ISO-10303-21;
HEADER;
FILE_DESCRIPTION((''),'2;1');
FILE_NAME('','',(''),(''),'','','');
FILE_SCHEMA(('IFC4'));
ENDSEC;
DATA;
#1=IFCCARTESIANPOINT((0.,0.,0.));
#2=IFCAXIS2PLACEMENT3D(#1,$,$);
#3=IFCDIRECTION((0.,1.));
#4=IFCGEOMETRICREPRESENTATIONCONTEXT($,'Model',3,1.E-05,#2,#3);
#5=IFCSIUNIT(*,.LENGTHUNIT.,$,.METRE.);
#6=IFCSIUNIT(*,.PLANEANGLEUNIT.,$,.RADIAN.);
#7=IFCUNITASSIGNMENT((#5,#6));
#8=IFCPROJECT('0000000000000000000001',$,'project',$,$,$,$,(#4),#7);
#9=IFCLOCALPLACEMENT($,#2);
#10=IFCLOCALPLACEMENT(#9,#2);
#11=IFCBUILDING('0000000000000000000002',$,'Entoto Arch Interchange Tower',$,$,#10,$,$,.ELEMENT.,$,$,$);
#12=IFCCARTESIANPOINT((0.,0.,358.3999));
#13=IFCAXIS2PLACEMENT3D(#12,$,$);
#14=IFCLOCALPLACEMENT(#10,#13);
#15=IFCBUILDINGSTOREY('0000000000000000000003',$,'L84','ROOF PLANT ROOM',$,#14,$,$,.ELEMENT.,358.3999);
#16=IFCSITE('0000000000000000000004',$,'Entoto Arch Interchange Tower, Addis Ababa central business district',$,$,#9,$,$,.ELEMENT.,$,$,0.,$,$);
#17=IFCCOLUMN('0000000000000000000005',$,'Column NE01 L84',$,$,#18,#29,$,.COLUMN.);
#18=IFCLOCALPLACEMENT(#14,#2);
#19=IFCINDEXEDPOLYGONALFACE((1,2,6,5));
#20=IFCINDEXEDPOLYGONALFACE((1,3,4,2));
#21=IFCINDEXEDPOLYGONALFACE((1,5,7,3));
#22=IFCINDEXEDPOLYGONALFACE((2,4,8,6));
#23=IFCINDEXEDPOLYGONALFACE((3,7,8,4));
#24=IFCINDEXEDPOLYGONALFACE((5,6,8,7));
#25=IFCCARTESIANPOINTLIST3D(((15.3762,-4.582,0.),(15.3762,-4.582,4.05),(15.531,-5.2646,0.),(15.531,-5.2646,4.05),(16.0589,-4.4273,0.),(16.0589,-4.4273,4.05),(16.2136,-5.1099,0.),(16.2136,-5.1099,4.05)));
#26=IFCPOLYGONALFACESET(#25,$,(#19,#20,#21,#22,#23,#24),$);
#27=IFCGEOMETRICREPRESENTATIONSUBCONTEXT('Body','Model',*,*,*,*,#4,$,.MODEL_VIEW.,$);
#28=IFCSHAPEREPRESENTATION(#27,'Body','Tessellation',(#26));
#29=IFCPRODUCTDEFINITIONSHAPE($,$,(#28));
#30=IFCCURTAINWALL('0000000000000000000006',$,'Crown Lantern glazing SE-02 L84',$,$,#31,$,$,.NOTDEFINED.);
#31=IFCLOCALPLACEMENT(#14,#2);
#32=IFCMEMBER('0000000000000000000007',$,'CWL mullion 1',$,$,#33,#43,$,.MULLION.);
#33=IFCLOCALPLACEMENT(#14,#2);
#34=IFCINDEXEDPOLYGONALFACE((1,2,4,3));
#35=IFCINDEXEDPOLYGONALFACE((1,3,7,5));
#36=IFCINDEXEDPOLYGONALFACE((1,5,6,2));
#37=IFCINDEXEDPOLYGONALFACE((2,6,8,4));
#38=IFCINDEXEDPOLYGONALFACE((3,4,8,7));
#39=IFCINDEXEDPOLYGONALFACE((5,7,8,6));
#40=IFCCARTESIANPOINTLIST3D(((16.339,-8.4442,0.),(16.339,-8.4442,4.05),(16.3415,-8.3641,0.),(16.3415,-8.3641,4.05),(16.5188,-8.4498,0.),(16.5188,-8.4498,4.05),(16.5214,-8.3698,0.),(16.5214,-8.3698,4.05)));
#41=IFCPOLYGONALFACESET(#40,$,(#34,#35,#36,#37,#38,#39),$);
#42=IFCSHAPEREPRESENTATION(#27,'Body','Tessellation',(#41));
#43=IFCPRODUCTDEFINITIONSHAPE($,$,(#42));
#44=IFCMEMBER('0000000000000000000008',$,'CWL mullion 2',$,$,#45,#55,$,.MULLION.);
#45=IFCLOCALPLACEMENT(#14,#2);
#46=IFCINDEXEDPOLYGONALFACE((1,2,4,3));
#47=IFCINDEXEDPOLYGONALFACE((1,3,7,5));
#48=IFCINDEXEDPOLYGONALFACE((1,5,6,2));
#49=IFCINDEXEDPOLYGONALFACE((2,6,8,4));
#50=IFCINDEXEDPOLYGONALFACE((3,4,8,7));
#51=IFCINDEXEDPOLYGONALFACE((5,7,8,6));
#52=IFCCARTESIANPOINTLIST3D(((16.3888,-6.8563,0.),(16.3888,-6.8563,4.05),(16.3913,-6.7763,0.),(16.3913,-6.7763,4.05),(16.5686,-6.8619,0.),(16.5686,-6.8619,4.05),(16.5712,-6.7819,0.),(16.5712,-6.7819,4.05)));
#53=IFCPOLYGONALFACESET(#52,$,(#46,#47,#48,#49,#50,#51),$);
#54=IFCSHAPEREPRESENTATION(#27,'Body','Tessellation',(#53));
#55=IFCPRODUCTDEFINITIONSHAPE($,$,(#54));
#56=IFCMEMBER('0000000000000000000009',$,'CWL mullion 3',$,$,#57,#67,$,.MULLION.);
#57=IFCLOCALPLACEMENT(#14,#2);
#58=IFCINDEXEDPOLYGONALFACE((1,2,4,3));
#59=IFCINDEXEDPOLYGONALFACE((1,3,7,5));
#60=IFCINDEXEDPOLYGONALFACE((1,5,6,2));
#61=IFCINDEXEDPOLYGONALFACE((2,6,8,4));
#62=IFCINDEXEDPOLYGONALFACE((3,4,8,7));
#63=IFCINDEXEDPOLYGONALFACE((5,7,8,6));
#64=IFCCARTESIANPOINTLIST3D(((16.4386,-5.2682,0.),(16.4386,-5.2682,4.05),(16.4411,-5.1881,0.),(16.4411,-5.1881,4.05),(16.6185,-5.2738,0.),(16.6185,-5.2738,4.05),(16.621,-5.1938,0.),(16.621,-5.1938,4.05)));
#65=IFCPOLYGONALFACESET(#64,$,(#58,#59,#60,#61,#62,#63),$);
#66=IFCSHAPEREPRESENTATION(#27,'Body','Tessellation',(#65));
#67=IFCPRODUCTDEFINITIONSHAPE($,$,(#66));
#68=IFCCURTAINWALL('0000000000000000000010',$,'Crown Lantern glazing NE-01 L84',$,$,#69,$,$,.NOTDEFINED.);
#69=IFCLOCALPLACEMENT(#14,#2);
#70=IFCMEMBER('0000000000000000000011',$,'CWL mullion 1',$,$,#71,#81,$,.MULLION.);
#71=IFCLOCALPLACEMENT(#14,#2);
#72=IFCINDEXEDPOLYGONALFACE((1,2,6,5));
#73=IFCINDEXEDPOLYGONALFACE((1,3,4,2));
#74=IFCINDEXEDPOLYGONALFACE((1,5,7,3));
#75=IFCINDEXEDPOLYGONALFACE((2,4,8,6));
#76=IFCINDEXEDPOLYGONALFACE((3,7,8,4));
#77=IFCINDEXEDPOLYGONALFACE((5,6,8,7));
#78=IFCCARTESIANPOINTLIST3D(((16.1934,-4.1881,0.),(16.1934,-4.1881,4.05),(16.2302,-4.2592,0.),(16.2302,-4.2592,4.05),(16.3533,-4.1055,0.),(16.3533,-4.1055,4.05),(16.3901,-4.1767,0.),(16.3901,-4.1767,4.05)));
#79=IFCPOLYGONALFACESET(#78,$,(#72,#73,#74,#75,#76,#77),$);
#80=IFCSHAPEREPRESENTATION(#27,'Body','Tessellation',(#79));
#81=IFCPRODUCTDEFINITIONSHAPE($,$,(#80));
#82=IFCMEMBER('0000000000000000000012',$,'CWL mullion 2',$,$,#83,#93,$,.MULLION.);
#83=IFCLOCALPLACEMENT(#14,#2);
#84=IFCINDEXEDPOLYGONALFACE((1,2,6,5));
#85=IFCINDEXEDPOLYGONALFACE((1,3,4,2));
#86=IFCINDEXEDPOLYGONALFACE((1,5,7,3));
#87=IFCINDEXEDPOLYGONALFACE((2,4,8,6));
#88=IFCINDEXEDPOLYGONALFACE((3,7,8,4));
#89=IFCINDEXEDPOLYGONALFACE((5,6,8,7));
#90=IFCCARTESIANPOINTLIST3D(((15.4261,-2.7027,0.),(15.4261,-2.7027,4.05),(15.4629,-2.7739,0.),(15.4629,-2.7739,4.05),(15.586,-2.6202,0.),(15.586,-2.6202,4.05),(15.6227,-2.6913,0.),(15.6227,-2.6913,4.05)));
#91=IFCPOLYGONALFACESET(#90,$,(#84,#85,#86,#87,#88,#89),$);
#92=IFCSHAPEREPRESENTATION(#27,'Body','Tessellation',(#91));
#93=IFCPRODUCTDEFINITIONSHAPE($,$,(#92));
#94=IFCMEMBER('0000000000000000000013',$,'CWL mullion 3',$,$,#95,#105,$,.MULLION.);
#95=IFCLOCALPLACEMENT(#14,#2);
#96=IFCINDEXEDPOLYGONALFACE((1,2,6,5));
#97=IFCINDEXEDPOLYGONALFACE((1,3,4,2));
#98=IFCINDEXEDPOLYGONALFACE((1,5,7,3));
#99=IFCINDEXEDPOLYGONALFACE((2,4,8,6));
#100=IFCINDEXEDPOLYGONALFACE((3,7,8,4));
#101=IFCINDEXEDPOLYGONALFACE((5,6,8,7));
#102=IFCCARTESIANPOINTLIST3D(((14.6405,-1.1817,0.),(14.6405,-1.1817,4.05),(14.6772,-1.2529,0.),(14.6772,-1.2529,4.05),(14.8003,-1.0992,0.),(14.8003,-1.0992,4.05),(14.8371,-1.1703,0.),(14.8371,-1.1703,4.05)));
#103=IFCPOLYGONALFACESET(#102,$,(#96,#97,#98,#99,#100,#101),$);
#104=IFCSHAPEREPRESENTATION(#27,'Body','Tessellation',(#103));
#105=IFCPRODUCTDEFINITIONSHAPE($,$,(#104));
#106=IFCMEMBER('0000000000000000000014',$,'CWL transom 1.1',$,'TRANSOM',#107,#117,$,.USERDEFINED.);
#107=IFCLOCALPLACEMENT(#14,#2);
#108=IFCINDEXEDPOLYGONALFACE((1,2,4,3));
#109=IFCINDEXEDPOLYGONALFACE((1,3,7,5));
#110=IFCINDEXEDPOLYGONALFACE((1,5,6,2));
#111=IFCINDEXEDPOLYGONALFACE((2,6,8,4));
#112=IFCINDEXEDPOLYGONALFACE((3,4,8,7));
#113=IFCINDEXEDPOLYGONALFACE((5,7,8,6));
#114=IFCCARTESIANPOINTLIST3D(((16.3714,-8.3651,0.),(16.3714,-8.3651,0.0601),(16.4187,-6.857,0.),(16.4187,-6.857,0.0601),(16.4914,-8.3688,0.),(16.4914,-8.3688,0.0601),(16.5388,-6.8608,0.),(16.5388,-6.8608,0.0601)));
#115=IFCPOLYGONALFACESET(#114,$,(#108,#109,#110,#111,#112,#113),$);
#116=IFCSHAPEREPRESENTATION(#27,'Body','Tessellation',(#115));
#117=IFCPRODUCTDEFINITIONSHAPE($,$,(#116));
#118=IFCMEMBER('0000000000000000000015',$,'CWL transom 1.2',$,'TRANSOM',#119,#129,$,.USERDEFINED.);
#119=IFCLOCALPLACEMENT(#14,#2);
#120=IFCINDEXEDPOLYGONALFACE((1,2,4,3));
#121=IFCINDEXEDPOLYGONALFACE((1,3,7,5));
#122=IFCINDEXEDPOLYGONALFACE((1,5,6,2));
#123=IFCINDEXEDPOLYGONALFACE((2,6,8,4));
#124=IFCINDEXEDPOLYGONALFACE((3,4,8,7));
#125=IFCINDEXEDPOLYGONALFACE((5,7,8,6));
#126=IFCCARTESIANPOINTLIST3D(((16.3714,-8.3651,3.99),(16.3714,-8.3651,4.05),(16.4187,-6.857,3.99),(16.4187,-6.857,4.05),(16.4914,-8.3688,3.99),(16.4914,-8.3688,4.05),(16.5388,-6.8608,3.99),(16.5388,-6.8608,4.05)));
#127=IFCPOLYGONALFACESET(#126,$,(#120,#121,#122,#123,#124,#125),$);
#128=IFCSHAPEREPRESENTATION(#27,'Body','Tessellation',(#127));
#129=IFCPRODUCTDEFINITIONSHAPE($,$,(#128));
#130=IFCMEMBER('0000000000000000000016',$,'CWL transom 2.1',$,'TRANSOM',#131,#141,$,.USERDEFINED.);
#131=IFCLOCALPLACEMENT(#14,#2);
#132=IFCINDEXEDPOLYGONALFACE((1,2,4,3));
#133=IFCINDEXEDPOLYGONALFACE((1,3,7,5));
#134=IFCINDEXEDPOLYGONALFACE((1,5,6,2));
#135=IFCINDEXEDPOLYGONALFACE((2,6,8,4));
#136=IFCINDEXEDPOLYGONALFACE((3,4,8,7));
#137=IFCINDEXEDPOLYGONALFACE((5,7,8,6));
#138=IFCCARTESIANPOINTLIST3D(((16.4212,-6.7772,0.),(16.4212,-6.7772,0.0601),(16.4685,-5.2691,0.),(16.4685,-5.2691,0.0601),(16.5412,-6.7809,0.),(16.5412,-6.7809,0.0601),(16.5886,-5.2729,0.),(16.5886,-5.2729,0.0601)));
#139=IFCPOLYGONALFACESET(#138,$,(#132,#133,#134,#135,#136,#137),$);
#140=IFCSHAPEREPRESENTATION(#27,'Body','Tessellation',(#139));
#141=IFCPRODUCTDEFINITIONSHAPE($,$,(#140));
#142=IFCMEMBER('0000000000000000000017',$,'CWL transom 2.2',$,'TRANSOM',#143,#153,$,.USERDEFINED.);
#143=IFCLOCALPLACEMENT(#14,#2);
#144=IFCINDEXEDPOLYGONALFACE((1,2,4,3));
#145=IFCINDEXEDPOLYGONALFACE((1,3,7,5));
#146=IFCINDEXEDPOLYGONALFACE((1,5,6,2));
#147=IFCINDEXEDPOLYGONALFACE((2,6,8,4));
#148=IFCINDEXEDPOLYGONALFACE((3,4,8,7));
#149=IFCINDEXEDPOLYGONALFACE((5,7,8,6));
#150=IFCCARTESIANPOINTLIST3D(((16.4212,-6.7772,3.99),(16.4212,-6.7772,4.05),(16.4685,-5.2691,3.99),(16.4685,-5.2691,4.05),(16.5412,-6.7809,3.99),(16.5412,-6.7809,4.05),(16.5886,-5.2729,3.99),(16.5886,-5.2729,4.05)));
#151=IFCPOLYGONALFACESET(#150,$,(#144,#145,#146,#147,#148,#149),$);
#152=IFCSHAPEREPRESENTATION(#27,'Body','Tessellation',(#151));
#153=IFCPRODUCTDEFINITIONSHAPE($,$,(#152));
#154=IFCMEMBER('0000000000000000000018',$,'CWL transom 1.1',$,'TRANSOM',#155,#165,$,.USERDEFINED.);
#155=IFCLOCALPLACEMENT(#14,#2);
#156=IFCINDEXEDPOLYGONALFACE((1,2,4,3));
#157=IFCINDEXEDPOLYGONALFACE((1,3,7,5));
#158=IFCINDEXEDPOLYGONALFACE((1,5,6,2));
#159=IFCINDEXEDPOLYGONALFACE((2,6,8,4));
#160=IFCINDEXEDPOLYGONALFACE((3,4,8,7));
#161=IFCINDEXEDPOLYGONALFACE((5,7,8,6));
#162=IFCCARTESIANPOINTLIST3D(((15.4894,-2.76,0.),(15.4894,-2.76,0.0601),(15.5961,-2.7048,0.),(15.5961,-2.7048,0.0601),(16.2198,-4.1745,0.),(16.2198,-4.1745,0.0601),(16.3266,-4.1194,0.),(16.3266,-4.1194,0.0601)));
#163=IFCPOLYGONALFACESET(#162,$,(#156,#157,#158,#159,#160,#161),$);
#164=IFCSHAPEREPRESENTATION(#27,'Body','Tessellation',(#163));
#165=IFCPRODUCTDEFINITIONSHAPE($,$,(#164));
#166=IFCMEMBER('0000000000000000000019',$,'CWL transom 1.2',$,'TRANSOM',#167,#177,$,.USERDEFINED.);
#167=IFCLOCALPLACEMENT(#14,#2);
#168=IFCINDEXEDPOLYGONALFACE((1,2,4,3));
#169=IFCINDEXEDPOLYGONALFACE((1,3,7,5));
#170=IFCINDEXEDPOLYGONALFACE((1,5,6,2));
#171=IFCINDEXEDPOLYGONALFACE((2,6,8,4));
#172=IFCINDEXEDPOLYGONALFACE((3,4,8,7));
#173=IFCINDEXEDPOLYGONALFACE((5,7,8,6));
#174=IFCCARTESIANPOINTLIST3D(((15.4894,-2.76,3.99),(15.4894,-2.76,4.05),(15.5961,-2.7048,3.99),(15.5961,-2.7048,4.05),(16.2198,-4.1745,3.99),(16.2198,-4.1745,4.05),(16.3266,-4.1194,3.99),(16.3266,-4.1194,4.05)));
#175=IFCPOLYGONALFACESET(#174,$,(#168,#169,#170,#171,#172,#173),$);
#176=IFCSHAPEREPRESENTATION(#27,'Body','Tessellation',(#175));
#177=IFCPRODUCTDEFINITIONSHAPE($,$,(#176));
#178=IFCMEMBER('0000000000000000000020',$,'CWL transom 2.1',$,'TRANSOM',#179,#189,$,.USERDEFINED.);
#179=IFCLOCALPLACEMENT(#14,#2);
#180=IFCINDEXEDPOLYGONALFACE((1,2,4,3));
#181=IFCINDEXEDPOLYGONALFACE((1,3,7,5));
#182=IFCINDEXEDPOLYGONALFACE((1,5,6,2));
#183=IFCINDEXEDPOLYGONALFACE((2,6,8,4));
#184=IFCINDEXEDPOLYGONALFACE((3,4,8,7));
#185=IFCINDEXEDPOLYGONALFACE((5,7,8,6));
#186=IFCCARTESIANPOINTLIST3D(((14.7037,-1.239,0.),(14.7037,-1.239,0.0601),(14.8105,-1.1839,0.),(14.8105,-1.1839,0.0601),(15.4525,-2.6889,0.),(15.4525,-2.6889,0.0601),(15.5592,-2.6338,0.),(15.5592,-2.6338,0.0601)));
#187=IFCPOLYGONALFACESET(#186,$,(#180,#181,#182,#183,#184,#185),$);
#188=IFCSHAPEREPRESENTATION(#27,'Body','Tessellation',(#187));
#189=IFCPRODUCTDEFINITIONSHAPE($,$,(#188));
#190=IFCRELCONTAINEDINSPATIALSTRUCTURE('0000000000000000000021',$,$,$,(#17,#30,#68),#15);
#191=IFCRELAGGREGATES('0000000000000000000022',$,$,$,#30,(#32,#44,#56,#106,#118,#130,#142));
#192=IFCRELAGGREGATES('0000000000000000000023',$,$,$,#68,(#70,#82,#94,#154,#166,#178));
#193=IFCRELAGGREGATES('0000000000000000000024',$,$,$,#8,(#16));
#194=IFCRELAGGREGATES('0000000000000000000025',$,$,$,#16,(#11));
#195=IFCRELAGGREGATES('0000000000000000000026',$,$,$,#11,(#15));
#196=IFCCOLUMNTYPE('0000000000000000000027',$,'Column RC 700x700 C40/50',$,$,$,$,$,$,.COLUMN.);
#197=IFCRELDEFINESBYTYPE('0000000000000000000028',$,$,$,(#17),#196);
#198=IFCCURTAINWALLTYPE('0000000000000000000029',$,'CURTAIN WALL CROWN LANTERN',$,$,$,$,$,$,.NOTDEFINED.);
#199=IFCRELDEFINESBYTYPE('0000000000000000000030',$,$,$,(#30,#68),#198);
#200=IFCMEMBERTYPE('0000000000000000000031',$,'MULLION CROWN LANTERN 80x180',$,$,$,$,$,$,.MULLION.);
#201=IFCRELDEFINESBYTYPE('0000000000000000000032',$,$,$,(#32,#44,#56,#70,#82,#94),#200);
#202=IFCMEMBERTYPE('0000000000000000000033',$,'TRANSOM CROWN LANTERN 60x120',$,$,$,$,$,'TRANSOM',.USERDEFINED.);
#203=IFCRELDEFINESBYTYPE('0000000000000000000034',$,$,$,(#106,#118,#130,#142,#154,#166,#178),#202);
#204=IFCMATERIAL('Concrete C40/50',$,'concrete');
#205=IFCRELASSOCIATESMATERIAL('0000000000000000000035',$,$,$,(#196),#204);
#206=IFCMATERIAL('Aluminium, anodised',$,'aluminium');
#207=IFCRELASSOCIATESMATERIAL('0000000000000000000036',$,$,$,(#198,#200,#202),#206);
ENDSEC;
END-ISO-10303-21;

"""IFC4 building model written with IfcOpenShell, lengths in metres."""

from ifc_helpers import new_model, si_unit, direction, frame, origin, origin_2d, place, context, subcontext, project, spatial, rectangle, extrude, material, material_profile, profile_set, type_object, element, aggregate, save


model = new_model("IFC4")

# Units and contexts
model_context = context("Model", 3, precision=1e-05, world=origin(), true_north=direction((0.0, 1.0)))
body_context = subcontext(model_context, "Body", "Model", "MODEL_VIEW")
ifc_project = project(units=[si_unit("LENGTHUNIT", "METRE"), si_unit("PLANEANGLEUNIT", "RADIAN")], contexts=[model_context])

# Site, building, storey
site_placement = place(None, origin())
site = spatial("IfcSite", under=ifc_project, at=site_placement, Name="Entoto Arch Interchange Tower, Addis Ababa central business district", CompositionType="ELEMENT", RefElevation=0.0)
building_placement = place(site_placement, origin())
building = spatial("IfcBuilding", under=site, at=building_placement, Name="Entoto Arch Interchange Tower", CompositionType="ELEMENT")
storey_placement = place(building_placement, frame((0.0, 0.0, 358.3999)))
storey = spatial("IfcBuildingStorey", under=building, at=storey_placement, Name="L84", Description="ROOF PLANT ROOM", CompositionType="ELEMENT", Elevation=358.3999)

# Column
ifc_material_1 = material(Name="Concrete C40/50", Category="concrete")
ifc_material_profile_1 = material_profile(ifc_material_1, rectangle(XDim=0.7, YDim=0.7, at=origin_2d()))
ifc_profile_set_1 = profile_set([ifc_material_profile_1], Name="Concrete C40/50")
column_type = type_object("IfcColumnType", Name="Column RC 700x700 C40/50", PredefinedType="COLUMN", material=ifc_profile_set_1)
column_placement = place(storey_placement, frame((15.7949, -4.8459, 0.0), z_axis=(0.0, 0.0, 1.0), x_axis=(-0.221089, 0.975254, 0.0)))
element("IfcColumn", 1, at=column_placement, inside=storey, type_object=column_type, Name="Column NE01 L84", PredefinedType="COLUMN", context=body_context, shape_type="SweptSolid", body=[
    extrude(rectangle(XDim=0.7, YDim=0.7, at=origin_2d()), origin(), (0.0, 0.0, 1.0), 4.05),
])

# Curtain walls, members
ifc_material_2 = material(Name="Aluminium, anodised", Category="aluminium")
curtain_wall_type = type_object("IfcCurtainWallType", Name="CURTAIN WALL CROWN LANTERN", PredefinedType="NOTDEFINED", material=ifc_material_2)
curtain_wall_1_placement = place(storey_placement, origin())
curtain_wall_1 = element("IfcCurtainWall", 2, at=curtain_wall_1_placement, inside=storey, type_object=curtain_wall_type, Name="Crown Lantern glazing SE-02 L84", PredefinedType="NOTDEFINED")
ifc_material_profile_2 = material_profile(ifc_material_2, rectangle(XDim=0.1799, YDim=0.0801, at=origin_2d()))
ifc_profile_set_2 = profile_set([ifc_material_profile_2], Name="Aluminium, anodised")
member_type_1 = type_object("IfcMemberType", Name="MULLION CROWN LANTERN 80x180", PredefinedType="MULLION", material=ifc_profile_set_2)
member_1_placement = place(storey_placement, frame((16.4302, -8.407, 0.0), z_axis=(0.0, 0.0, 1.0), x_axis=(-0.99951, 0.031311, 0.0)))
member_1 = element("IfcMember", 3, at=member_1_placement, type_object=member_type_1, Name="CWL mullion 1", PredefinedType="MULLION", context=body_context, shape_type="SweptSolid", body=[
    extrude(rectangle(XDim=0.1799, YDim=0.0801, at=origin_2d()), origin(), (0.0, 0.0, 1.0), 4.05),
])
member_2_placement = place(storey_placement, frame((16.48, -6.8191, 0.0), z_axis=(0.0, 0.0, 1.0), x_axis=(-0.99951, 0.031311, 0.0)))
member_2 = element("IfcMember", 4, at=member_2_placement, type_object=member_type_1, Name="CWL mullion 2", PredefinedType="MULLION", context=body_context, shape_type="SweptSolid", body=[
    extrude(rectangle(XDim=0.1799, YDim=0.0801, at=origin_2d()), origin(), (0.0, 0.0, 1.0), 4.05),
])
member_3_placement = place(storey_placement, frame((16.5298, -5.231, 0.0), z_axis=(0.0, 0.0, 1.0), x_axis=(-0.99951, 0.031311, 0.0)))
member_3 = element("IfcMember", 5, at=member_3_placement, type_object=member_type_1, Name="CWL mullion 3", PredefinedType="MULLION", context=body_context, shape_type="SweptSolid", body=[
    extrude(rectangle(XDim=0.1799, YDim=0.0801, at=origin_2d()), origin(), (0.0, 0.0, 1.0), 4.05),
])
curtain_wall_2_placement = place(storey_placement, origin())
curtain_wall_2 = element("IfcCurtainWall", 6, at=curtain_wall_2_placement, inside=storey, type_object=curtain_wall_type, Name="Crown Lantern glazing NE-01 L84", PredefinedType="NOTDEFINED")
member_4_placement = place(storey_placement, frame((16.2917, -4.1824, 0.0), z_axis=(0.0, 0.0, 1.0), x_axis=(-0.88847, -0.458936, 0.0)))
member_4 = element("IfcMember", 7, at=member_4_placement, type_object=member_type_1, Name="CWL mullion 1", PredefinedType="MULLION", context=body_context, shape_type="SweptSolid", body=[
    extrude(rectangle(XDim=0.1799, YDim=0.0801, at=origin_2d()), origin(), (0.0, 0.0, 1.0), 4.05),
])
member_5_placement = place(storey_placement, frame((15.5244, -2.697, 0.0), z_axis=(0.0, 0.0, 1.0), x_axis=(-0.88847, -0.458936, 0.0)))
member_5 = element("IfcMember", 8, at=member_5_placement, type_object=member_type_1, Name="CWL mullion 2", PredefinedType="MULLION", context=body_context, shape_type="SweptSolid", body=[
    extrude(rectangle(XDim=0.1799, YDim=0.0801, at=origin_2d()), origin(), (0.0, 0.0, 1.0), 4.05),
])
member_6_placement = place(storey_placement, frame((14.7388, -1.176, 0.0), z_axis=(0.0, 0.0, 1.0), x_axis=(-0.88847, -0.458936, 0.0)))
member_6 = element("IfcMember", 9, at=member_6_placement, type_object=member_type_1, Name="CWL mullion 3", PredefinedType="MULLION", context=body_context, shape_type="SweptSolid", body=[
    extrude(rectangle(XDim=0.1799, YDim=0.0801, at=origin_2d()), origin(), (0.0, 0.0, 1.0), 4.05),
])

# Members
ifc_material_profile_3 = material_profile(ifc_material_2, rectangle(XDim=0.1201, YDim=0.0601, at=origin_2d()))
ifc_profile_set_3 = profile_set([ifc_material_profile_3], Name="Aluminium, anodised")
member_type_2 = type_object("IfcMemberType", Name="TRANSOM CROWN LANTERN 60x120", ElementType="TRANSOM", PredefinedType="USERDEFINED", material=ifc_profile_set_3)
member_7_placement = place(storey_placement, frame((16.4314, -8.3669, 0.03), z_axis=(0.031391, 0.999507, 0.0), x_axis=(-0.999507, 0.031391, 0.0)))
member_7 = element("IfcMember", 10, at=member_7_placement, type_object=member_type_2, Name="CWL transom 1.1", ObjectType="TRANSOM", PredefinedType="USERDEFINED", context=body_context, shape_type="SweptSolid", body=[
    extrude(rectangle(XDim=0.1201, YDim=0.0601, at=origin_2d()), origin(), (0.0, 0.0, 1.0), 1.5088),
])
member_8_placement = place(storey_placement, frame((16.4314, -8.3669, 4.02), z_axis=(0.031391, 0.999507, 0.0), x_axis=(-0.999507, 0.031391, 0.0)))
member_8 = element("IfcMember", 11, at=member_8_placement, type_object=member_type_2, Name="CWL transom 1.2", ObjectType="TRANSOM", PredefinedType="USERDEFINED", context=body_context, shape_type="SweptSolid", body=[
    extrude(rectangle(XDim=0.1201, YDim=0.0601, at=origin_2d()), origin(), (0.0, 0.0, 1.0), 1.5088),
])
member_9_placement = place(storey_placement, frame((16.4812, -6.7791, 0.03), z_axis=(0.031391, 0.999507, 0.0), x_axis=(-0.999507, 0.031391, 0.0)))
member_9 = element("IfcMember", 12, at=member_9_placement, type_object=member_type_2, Name="CWL transom 2.1", ObjectType="TRANSOM", PredefinedType="USERDEFINED", context=body_context, shape_type="SweptSolid", body=[
    extrude(rectangle(XDim=0.1201, YDim=0.0601, at=origin_2d()), origin(), (0.0, 0.0, 1.0), 1.5088),
])
member_10_placement = place(storey_placement, frame((16.4812, -6.7791, 4.02), z_axis=(0.031391, 0.999507, 0.0), x_axis=(-0.999507, 0.031391, 0.0)))
member_10 = element("IfcMember", 13, at=member_10_placement, type_object=member_type_2, Name="CWL transom 2.2", ObjectType="TRANSOM", PredefinedType="USERDEFINED", context=body_context, shape_type="SweptSolid", body=[
    extrude(rectangle(XDim=0.1201, YDim=0.0601, at=origin_2d()), origin(), (0.0, 0.0, 1.0), 1.5088),
])
member_11_placement = place(storey_placement, frame((16.2732, -4.147, 0.03), z_axis=(-0.45883, 0.888524, 0.0), x_axis=(-0.888524, -0.45883, 0.0)))
member_11 = element("IfcMember", 14, at=member_11_placement, type_object=member_type_2, Name="CWL transom 1.1", ObjectType="TRANSOM", PredefinedType="USERDEFINED", context=body_context, shape_type="SweptSolid", body=[
    extrude(rectangle(XDim=0.1201, YDim=0.0601, at=origin_2d()), origin(), (0.0, 0.0, 1.0), 1.592),
])
member_12_placement = place(storey_placement, frame((16.2732, -4.147, 4.02), z_axis=(-0.45883, 0.888524, 0.0), x_axis=(-0.888524, -0.45883, 0.0)))
member_12 = element("IfcMember", 15, at=member_12_placement, type_object=member_type_2, Name="CWL transom 1.2", ObjectType="TRANSOM", PredefinedType="USERDEFINED", context=body_context, shape_type="SweptSolid", body=[
    extrude(rectangle(XDim=0.1201, YDim=0.0601, at=origin_2d()), origin(), (0.0, 0.0, 1.0), 1.592),
])
member_13_placement = place(storey_placement, frame((15.5059, -2.6614, 0.03), z_axis=(-0.458845, 0.888516, 0.0), x_axis=(-0.888516, -0.458845, 0.0)))
member_13 = element("IfcMember", 16, at=member_13_placement, type_object=member_type_2, Name="CWL transom 2.1", ObjectType="TRANSOM", PredefinedType="USERDEFINED", context=body_context, shape_type="SweptSolid", body=[
    extrude(rectangle(XDim=0.1201, YDim=0.0601, at=origin_2d()), origin(), (0.0, 0.0, 1.0), 1.6318),
])

aggregate(curtain_wall_1, [member_1, member_2, member_3, member_7, member_8, member_9, member_10])
aggregate(curtain_wall_2, [member_4, member_5, member_6, member_11, member_12, member_13])

save(model, "model.ifc")
